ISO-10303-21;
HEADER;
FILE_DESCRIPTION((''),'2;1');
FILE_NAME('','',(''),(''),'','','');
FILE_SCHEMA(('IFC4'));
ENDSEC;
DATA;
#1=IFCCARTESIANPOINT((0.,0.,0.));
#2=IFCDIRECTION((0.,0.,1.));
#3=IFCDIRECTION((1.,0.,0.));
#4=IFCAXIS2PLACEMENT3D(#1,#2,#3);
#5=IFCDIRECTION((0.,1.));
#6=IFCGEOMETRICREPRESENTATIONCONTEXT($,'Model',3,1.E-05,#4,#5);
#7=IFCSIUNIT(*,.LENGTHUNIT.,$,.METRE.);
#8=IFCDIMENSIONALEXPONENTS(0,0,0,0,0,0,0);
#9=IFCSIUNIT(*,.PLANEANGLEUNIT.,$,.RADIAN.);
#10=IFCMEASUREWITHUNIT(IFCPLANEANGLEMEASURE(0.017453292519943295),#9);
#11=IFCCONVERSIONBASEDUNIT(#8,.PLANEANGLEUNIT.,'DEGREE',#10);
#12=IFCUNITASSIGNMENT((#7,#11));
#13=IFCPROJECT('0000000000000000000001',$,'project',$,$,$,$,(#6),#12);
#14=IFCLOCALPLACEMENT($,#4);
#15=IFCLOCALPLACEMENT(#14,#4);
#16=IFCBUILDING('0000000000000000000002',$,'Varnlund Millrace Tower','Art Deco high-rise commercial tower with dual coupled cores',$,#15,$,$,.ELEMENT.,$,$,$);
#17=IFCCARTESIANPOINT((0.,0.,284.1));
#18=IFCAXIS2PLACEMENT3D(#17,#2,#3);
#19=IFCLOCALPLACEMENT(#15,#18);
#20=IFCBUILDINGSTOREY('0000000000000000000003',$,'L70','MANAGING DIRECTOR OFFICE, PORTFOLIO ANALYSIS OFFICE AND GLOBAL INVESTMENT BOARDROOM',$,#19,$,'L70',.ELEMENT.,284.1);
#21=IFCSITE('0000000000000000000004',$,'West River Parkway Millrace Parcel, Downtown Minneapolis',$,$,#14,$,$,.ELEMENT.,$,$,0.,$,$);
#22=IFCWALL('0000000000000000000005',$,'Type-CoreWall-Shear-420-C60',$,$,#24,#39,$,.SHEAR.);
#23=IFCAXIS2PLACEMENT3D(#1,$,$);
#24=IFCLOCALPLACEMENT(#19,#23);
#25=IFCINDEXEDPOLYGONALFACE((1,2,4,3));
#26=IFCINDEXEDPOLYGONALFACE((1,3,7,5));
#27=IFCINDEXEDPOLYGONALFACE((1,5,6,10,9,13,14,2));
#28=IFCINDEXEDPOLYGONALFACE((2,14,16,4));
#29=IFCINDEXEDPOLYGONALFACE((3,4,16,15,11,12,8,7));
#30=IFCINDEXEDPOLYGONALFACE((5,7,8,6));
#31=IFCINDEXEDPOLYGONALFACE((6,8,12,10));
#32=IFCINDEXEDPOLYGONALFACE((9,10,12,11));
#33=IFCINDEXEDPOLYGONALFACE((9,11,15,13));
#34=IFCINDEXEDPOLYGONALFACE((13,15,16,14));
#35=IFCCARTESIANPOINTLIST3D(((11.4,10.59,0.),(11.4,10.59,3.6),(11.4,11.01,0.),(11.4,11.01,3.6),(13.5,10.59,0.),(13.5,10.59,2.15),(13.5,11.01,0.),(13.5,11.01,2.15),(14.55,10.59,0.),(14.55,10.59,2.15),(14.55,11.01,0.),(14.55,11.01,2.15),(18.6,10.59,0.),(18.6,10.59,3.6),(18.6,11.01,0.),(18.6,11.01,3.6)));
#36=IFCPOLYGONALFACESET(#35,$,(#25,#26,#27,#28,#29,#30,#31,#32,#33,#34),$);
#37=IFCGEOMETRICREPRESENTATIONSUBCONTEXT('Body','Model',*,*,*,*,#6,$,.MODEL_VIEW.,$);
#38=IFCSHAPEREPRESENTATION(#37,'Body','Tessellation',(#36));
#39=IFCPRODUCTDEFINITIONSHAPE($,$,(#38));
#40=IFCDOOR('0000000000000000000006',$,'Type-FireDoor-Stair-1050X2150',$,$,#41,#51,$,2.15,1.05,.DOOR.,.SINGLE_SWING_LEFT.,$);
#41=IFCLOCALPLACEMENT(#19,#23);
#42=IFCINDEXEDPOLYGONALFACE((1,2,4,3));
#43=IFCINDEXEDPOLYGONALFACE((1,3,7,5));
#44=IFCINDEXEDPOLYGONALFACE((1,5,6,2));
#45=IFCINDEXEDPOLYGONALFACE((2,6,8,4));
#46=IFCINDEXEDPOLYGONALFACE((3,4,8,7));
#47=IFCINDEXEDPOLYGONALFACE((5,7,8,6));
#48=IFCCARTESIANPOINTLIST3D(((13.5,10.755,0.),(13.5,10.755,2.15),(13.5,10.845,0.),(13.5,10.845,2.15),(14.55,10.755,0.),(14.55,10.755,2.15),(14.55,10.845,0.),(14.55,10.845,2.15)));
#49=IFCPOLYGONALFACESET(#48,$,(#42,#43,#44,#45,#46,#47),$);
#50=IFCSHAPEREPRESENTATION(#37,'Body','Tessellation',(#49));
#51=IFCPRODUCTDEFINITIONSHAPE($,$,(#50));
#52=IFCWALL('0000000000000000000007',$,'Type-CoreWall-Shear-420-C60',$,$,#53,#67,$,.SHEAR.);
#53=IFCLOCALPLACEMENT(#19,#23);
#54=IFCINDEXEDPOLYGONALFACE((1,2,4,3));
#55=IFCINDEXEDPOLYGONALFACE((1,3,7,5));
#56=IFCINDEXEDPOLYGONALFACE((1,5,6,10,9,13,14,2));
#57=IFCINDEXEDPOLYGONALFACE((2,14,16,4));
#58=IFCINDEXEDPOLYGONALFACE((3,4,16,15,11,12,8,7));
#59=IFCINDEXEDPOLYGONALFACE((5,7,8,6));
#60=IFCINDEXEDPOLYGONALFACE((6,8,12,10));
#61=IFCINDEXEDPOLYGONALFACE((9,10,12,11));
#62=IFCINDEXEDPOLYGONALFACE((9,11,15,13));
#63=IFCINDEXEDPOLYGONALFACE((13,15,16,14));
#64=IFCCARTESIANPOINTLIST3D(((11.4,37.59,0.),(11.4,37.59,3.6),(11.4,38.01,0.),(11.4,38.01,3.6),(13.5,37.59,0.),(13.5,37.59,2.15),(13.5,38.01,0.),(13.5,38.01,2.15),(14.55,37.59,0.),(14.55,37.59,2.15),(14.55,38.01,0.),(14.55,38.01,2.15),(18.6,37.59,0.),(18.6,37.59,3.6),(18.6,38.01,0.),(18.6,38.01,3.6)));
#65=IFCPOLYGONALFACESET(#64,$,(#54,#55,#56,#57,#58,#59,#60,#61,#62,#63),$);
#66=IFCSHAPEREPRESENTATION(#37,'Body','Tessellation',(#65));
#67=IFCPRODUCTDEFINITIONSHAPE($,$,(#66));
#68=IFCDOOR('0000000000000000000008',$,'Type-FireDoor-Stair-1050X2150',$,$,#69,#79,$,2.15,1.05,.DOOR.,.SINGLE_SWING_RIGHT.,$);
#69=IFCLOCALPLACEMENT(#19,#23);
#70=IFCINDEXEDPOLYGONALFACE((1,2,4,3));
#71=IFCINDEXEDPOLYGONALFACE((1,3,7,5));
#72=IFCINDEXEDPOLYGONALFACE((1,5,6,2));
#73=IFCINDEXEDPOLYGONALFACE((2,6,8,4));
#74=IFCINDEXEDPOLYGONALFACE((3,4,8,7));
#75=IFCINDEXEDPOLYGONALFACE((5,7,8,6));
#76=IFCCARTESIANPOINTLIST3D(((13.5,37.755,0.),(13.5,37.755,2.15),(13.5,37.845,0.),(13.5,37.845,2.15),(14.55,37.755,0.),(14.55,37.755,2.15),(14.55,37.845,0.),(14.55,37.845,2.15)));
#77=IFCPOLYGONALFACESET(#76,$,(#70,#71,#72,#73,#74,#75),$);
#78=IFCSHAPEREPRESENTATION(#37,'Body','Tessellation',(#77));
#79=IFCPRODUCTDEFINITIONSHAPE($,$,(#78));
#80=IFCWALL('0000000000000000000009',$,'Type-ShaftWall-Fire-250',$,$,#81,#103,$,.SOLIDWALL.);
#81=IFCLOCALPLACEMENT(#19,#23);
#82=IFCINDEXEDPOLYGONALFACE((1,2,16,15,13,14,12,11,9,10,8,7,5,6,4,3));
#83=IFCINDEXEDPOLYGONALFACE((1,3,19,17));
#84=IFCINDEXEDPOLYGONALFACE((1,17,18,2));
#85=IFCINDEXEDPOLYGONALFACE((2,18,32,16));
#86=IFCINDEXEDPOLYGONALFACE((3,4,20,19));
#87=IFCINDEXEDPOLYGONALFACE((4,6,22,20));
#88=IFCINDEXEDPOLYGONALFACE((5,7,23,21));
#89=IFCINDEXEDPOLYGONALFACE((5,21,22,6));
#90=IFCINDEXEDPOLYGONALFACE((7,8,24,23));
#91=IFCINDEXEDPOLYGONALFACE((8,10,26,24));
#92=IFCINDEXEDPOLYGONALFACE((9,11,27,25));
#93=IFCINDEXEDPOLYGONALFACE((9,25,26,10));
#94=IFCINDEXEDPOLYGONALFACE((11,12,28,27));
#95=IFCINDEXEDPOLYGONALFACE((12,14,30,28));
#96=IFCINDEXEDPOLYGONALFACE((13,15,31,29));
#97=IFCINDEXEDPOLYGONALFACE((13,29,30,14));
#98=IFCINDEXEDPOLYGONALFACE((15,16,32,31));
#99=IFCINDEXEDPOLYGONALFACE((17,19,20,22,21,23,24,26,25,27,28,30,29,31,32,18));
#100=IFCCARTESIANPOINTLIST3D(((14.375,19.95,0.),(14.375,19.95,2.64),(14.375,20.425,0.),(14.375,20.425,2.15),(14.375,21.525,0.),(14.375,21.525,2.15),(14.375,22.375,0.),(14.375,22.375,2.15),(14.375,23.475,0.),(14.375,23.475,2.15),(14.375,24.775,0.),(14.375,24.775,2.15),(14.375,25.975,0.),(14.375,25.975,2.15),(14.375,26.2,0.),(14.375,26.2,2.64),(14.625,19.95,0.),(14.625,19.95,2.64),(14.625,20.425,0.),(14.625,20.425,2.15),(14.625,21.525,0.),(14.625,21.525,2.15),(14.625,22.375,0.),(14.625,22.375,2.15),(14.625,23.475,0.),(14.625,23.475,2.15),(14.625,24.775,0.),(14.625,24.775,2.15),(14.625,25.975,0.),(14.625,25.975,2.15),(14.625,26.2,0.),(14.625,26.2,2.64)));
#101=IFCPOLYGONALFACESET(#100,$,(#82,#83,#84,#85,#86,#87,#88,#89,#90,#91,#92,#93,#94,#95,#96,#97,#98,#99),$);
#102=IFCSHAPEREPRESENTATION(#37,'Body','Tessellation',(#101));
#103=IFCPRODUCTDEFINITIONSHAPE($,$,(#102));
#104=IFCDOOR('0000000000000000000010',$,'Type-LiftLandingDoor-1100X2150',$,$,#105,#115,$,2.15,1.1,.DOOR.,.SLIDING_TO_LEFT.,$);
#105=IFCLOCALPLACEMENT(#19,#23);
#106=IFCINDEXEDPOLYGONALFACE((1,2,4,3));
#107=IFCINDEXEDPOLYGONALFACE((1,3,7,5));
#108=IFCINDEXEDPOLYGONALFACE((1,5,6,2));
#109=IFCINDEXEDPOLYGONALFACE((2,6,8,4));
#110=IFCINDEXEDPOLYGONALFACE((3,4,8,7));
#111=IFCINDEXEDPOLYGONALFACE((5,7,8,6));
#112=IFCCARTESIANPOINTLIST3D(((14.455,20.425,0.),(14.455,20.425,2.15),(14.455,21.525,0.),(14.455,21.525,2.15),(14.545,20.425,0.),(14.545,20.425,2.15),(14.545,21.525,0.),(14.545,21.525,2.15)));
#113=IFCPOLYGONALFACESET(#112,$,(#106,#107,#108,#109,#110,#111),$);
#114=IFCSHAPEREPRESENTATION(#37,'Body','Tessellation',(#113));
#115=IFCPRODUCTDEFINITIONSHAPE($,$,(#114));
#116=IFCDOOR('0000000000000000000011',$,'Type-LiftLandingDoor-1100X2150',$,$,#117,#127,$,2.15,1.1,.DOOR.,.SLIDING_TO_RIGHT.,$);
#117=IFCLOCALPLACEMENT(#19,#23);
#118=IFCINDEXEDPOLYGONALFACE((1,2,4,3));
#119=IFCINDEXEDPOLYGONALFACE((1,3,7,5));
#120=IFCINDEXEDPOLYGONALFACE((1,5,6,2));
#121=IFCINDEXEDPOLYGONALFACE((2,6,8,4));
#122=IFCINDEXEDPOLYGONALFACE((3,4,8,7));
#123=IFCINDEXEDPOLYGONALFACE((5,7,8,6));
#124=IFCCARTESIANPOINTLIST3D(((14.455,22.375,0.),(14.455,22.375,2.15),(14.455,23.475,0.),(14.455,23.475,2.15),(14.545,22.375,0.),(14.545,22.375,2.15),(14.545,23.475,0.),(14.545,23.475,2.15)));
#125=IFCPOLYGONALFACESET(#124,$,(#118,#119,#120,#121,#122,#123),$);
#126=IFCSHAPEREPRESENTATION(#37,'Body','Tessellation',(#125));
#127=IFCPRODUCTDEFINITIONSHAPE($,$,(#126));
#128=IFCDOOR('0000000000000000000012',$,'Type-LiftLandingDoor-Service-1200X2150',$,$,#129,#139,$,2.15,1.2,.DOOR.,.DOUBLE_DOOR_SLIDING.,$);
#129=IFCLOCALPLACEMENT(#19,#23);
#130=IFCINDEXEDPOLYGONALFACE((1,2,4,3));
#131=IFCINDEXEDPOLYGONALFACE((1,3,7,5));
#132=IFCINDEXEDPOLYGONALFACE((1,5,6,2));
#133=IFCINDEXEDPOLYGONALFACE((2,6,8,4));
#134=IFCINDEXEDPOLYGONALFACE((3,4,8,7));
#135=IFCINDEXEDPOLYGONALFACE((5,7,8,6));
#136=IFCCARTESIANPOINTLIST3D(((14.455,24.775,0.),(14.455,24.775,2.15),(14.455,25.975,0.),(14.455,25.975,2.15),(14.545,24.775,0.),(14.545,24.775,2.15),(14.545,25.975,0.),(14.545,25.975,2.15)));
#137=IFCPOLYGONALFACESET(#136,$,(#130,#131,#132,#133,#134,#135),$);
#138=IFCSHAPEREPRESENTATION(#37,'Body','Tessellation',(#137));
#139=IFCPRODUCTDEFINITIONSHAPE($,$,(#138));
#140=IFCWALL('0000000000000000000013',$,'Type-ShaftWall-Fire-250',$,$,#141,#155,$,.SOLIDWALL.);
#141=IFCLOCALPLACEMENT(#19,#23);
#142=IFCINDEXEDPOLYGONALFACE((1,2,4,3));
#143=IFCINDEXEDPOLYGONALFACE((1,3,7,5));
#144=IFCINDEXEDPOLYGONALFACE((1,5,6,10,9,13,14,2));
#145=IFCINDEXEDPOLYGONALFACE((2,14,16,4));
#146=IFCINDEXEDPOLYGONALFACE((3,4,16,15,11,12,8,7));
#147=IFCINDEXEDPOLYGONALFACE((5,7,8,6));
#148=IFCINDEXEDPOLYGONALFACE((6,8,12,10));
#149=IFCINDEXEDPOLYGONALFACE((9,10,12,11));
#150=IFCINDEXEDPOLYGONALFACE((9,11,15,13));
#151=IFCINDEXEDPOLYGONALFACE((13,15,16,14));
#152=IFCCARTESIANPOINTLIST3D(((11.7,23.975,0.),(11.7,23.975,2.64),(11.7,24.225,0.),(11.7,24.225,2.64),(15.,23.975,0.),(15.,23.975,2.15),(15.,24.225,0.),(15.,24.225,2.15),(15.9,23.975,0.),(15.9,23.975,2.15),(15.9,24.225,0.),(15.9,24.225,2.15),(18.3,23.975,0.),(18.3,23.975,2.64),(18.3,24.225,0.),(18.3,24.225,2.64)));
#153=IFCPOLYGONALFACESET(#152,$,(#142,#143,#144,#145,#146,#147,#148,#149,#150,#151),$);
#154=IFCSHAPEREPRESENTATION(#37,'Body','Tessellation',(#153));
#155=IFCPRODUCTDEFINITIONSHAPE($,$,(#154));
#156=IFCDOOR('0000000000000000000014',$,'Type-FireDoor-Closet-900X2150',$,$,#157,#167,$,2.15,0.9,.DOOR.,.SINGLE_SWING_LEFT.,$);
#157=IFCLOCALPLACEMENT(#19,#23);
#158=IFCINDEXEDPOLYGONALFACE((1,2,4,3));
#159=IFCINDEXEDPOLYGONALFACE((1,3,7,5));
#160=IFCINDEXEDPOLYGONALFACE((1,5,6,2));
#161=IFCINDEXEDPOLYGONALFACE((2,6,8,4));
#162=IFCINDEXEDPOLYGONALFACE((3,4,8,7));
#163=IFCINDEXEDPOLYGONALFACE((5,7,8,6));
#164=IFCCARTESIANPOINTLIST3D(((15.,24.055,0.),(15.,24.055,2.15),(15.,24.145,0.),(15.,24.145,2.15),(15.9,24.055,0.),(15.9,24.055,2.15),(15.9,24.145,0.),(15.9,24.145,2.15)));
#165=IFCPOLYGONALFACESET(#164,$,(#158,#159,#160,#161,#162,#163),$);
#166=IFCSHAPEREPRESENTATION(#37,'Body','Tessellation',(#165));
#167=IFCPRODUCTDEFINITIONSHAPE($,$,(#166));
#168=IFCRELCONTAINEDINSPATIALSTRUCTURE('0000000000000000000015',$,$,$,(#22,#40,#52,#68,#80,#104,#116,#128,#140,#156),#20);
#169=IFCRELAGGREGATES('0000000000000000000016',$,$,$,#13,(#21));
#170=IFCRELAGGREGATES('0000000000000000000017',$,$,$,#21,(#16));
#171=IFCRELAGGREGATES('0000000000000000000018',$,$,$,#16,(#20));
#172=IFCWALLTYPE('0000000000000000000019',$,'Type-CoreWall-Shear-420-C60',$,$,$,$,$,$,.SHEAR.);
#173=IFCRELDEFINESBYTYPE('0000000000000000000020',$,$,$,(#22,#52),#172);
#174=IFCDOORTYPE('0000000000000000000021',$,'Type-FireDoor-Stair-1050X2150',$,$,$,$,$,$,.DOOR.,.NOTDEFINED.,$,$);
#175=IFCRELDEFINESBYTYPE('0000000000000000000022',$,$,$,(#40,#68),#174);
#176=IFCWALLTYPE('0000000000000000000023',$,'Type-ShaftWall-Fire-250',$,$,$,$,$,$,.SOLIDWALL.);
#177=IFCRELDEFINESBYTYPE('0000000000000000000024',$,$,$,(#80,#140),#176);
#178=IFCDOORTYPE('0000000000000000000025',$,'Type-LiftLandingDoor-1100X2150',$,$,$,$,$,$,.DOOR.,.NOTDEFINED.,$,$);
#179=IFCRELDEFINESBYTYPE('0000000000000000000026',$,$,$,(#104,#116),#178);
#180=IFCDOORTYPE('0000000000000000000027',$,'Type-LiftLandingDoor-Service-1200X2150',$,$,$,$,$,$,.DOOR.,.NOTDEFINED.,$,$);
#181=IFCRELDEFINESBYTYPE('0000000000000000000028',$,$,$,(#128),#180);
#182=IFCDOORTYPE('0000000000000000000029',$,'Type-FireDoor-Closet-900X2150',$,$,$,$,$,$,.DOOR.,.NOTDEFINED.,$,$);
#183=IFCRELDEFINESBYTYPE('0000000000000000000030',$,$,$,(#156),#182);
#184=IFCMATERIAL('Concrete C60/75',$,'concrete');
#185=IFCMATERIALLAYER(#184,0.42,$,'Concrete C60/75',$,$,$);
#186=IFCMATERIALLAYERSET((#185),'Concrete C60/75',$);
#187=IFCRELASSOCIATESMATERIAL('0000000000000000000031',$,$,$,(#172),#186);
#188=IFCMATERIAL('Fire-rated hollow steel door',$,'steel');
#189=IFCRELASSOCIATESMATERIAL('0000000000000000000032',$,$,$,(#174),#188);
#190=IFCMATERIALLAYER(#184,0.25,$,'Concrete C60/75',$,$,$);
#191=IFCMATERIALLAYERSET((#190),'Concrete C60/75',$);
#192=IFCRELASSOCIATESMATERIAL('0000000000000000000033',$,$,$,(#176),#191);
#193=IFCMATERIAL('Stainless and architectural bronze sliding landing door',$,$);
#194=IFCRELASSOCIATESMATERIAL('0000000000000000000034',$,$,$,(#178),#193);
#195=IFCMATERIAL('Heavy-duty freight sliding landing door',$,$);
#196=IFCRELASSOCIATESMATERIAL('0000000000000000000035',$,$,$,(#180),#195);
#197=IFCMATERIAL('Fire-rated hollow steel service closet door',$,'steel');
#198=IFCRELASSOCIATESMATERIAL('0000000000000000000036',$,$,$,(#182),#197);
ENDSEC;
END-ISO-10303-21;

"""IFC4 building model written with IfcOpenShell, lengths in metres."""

from ifc_helpers import new_model, entity, si_unit, converted_unit, direction, frame, origin_with_axes, origin_2d_with_axis, place, context, subcontext, project, spatial, polyline, rectangle, outline, extrude, material, layer, layer_set, type_object, element, fill, save


model = new_model("IFC4")

# Units and contexts
model_context = context("Model", 3, precision=1e-05, world=origin_with_axes(), true_north=direction((0.0, 1.0)))
body_context = subcontext(model_context, "Body", "Model", "MODEL_VIEW")
ifc_project = project(units=[si_unit("LENGTHUNIT", "METRE"), converted_unit("PLANEANGLEUNIT", "DEGREE", entity("IfcPlaneAngleMeasure", 0.017453292519943295), si_unit("PLANEANGLEUNIT", "RADIAN"), dimensions=[0, 0, 0, 0, 0, 0, 0])], contexts=[model_context])

# Site, building, storey
site_placement = place(None, origin_with_axes())
site = spatial("IfcSite", under=ifc_project, at=site_placement, Name="West River Parkway Millrace Parcel, Downtown Minneapolis", CompositionType="ELEMENT", RefElevation=0.0)
building_placement = place(site_placement, origin_with_axes())
building = spatial("IfcBuilding", under=site, at=building_placement, Name="Varnlund Millrace Tower", Description="Art Deco high-rise commercial tower with dual coupled cores", CompositionType="ELEMENT")
storey_placement = place(building_placement, frame((0.0, 0.0, 284.1), z_axis=(0.0, 0.0, 1.0), x_axis=(1.0, 0.0, 0.0)))
storey = spatial("IfcBuildingStorey", under=building, at=storey_placement, Name="L70", Description="MANAGING DIRECTOR OFFICE, PORTFOLIO ANALYSIS OFFICE AND GLOBAL INVESTMENT BOARDROOM", LongName="L70", CompositionType="ELEMENT", Elevation=284.1)

# Walls, openings, doors
ifc_material_1 = material(Name="Concrete C60/75", Category="concrete")
ifc_layer_1 = layer(ifc_material_1, 0.42, Name="Concrete C60/75")
ifc_layer_set_1 = layer_set([ifc_layer_1], Name="Concrete C60/75")
wall_type_1 = type_object("IfcWallType", Name="Type-CoreWall-Shear-420-C60", PredefinedType="SHEAR", material=ifc_layer_set_1)
wall_1_placement = place(storey_placement, frame((11.4, 10.8, 0.0), z_axis=(0.0, 0.0, 1.0), x_axis=(1.0, 0.0, 0.0)))
wall_1 = element("IfcWall", 1, at=wall_1_placement, inside=storey, type_object=wall_type_1, Name="Type-CoreWall-Shear-420-C60", PredefinedType="SHEAR", context=body_context, shape_type="SweptSolid", body=[
    extrude(outline(polyline([(0.0, -0.21), (7.2, -0.21), (7.2, 0.21), (0.0, 0.21), (0.0, -0.21)])), origin_with_axes(), (0.0, 0.0, 1.0), 3.6),
])
opening_1_placement = place(wall_1_placement, frame((2.625, 0.0, 0.0), z_axis=(0.0, 0.0, 1.0), x_axis=(1.0, 0.0, 0.0)))
opening_1 = element("IfcOpeningElement", 2, at=opening_1_placement, cuts=wall_1, PredefinedType="OPENING", context=body_context, shape_type="SweptSolid", body=[
    extrude(rectangle(XDim=1.05, YDim=0.44, at=origin_2d_with_axis()), origin_with_axes(), (0.0, 0.0, 1.0), 2.15),
])
ifc_material_2 = material(Name="Fire-rated hollow steel door", Category="steel")
door_type_1 = type_object("IfcDoorType", Name="Type-FireDoor-Stair-1050X2150", OperationType="NOTDEFINED", PredefinedType="DOOR", material=ifc_material_2)
door_1_placement = place(wall_1_placement, frame((2.625, 0.0, 0.0), z_axis=(0.0, 0.0, 1.0), x_axis=(1.0, 0.0, 0.0)))
door_1 = element("IfcDoor", 3, at=door_1_placement, inside=storey, type_object=door_type_1, Name="Type-FireDoor-Stair-1050X2150", OperationType="SINGLE_SWING_LEFT", OverallHeight=2.15, OverallWidth=1.05, PredefinedType="DOOR", context=body_context, shape_type="SweptSolid", body=[
    extrude(rectangle(XDim=1.05, YDim=0.09, at=origin_2d_with_axis()), origin_with_axes(), (0.0, 0.0, 1.0), 2.15),
])
fill(opening_1, door_1)
wall_2_placement = place(storey_placement, frame((11.4, 37.8, 0.0), z_axis=(0.0, 0.0, 1.0), x_axis=(1.0, 0.0, 0.0)))
wall_2 = element("IfcWall", 4, at=wall_2_placement, inside=storey, type_object=wall_type_1, Name="Type-CoreWall-Shear-420-C60", PredefinedType="SHEAR", context=body_context, shape_type="SweptSolid", body=[
    extrude(outline(polyline([(0.0, -0.21), (7.2, -0.21), (7.2, 0.21), (0.0, 0.21), (0.0, -0.21)])), origin_with_axes(), (0.0, 0.0, 1.0), 3.6),
])
opening_2_placement = place(wall_2_placement, frame((2.625, 0.0, 0.0), z_axis=(0.0, 0.0, 1.0), x_axis=(1.0, 0.0, 0.0)))
opening_2 = element("IfcOpeningElement", 5, at=opening_2_placement, cuts=wall_2, PredefinedType="OPENING", context=body_context, shape_type="SweptSolid", body=[
    extrude(rectangle(XDim=1.05, YDim=0.44, at=origin_2d_with_axis()), origin_with_axes(), (0.0, 0.0, 1.0), 2.15),
])
door_2_placement = place(wall_2_placement, frame((2.625, 0.0, 0.0), z_axis=(0.0, 0.0, 1.0), x_axis=(1.0, 0.0, 0.0)))
door_2 = element("IfcDoor", 6, at=door_2_placement, inside=storey, type_object=door_type_1, Name="Type-FireDoor-Stair-1050X2150", OperationType="SINGLE_SWING_RIGHT", OverallHeight=2.15, OverallWidth=1.05, PredefinedType="DOOR", context=body_context, shape_type="SweptSolid", body=[
    extrude(rectangle(XDim=1.05, YDim=0.09, at=origin_2d_with_axis()), origin_with_axes(), (0.0, 0.0, 1.0), 2.15),
])
fill(opening_2, door_2)

# Wall, openings, doors
ifc_layer_2 = layer(ifc_material_1, 0.25, Name="Concrete C60/75")
ifc_layer_set_2 = layer_set([ifc_layer_2], Name="Concrete C60/75")
wall_type_2 = type_object("IfcWallType", Name="Type-ShaftWall-Fire-250", PredefinedType="SOLIDWALL", material=ifc_layer_set_2)
wall_3_placement = place(storey_placement, frame((14.5, 19.95, 0.0), z_axis=(0.0, 0.0, 1.0), x_axis=(0.0, 1.0, 0.0)))
wall_3 = element("IfcWall", 7, at=wall_3_placement, inside=storey, type_object=wall_type_2, Name="Type-ShaftWall-Fire-250", PredefinedType="SOLIDWALL", context=body_context, shape_type="SweptSolid", body=[
    extrude(outline(polyline([(0.0, -0.125), (6.25, -0.125), (6.25, 0.125), (0.0, 0.125), (0.0, -0.125)])), origin_with_axes(), (0.0, 0.0, 1.0), 2.64),
])
opening_3_placement = place(wall_3_placement, frame((1.025, 0.0, 0.0), z_axis=(0.0, 0.0, 1.0), x_axis=(1.0, 0.0, 0.0)))
opening_3 = element("IfcOpeningElement", 8, at=opening_3_placement, cuts=wall_3, PredefinedType="OPENING", context=body_context, shape_type="SweptSolid", body=[
    extrude(rectangle(XDim=1.1, YDim=0.27, at=origin_2d_with_axis()), origin_with_axes(), (0.0, 0.0, 1.0), 2.15),
])
opening_4_placement = place(wall_3_placement, frame((2.975, 0.0, 0.0), z_axis=(0.0, 0.0, 1.0), x_axis=(1.0, 0.0, 0.0)))
opening_4 = element("IfcOpeningElement", 9, at=opening_4_placement, cuts=wall_3, PredefinedType="OPENING", context=body_context, shape_type="SweptSolid", body=[
    extrude(rectangle(XDim=1.1, YDim=0.27, at=origin_2d_with_axis()), origin_with_axes(), (0.0, 0.0, 1.0), 2.15),
])
opening_5_placement = place(wall_3_placement, frame((5.425, 0.0, 0.0), z_axis=(0.0, 0.0, 1.0), x_axis=(1.0, 0.0, 0.0)))
opening_5 = element("IfcOpeningElement", 10, at=opening_5_placement, cuts=wall_3, PredefinedType="OPENING", context=body_context, shape_type="SweptSolid", body=[
    extrude(rectangle(XDim=1.2, YDim=0.27, at=origin_2d_with_axis()), origin_with_axes(), (0.0, 0.0, 1.0), 2.15),
])
ifc_material_3 = material(Name="Stainless and architectural bronze sliding landing door")
door_type_2 = type_object("IfcDoorType", Name="Type-LiftLandingDoor-1100X2150", OperationType="NOTDEFINED", PredefinedType="DOOR", material=ifc_material_3)
door_3_placement = place(wall_3_placement, frame((1.025, 0.0, 0.0), z_axis=(0.0, 0.0, 1.0), x_axis=(1.0, 0.0, 0.0)))
door_3 = element("IfcDoor", 11, at=door_3_placement, inside=storey, type_object=door_type_2, Name="Type-LiftLandingDoor-1100X2150", OperationType="SLIDING_TO_LEFT", OverallHeight=2.15, OverallWidth=1.1, PredefinedType="DOOR", context=body_context, shape_type="SweptSolid", body=[
    extrude(rectangle(XDim=1.1, YDim=0.09, at=origin_2d_with_axis()), origin_with_axes(), (0.0, 0.0, 1.0), 2.15),
])
fill(opening_3, door_3)
door_4_placement = place(wall_3_placement, frame((2.975, 0.0, 0.0), z_axis=(0.0, 0.0, 1.0), x_axis=(1.0, 0.0, 0.0)))
door_4 = element("IfcDoor", 12, at=door_4_placement, inside=storey, type_object=door_type_2, Name="Type-LiftLandingDoor-1100X2150", OperationType="SLIDING_TO_RIGHT", OverallHeight=2.15, OverallWidth=1.1, PredefinedType="DOOR", context=body_context, shape_type="SweptSolid", body=[
    extrude(rectangle(XDim=1.1, YDim=0.09, at=origin_2d_with_axis()), origin_with_axes(), (0.0, 0.0, 1.0), 2.15),
])
fill(opening_4, door_4)
ifc_material_4 = material(Name="Heavy-duty freight sliding landing door")
door_type_3 = type_object("IfcDoorType", Name="Type-LiftLandingDoor-Service-1200X2150", OperationType="NOTDEFINED", PredefinedType="DOOR", material=ifc_material_4)
door_5_placement = place(wall_3_placement, frame((5.425, 0.0, 0.0), z_axis=(0.0, 0.0, 1.0), x_axis=(1.0, 0.0, 0.0)))
door_5 = element("IfcDoor", 13, at=door_5_placement, inside=storey, type_object=door_type_3, Name="Type-LiftLandingDoor-Service-1200X2150", OperationType="DOUBLE_DOOR_SLIDING", OverallHeight=2.15, OverallWidth=1.2, PredefinedType="DOOR", context=body_context, shape_type="SweptSolid", body=[
    extrude(rectangle(XDim=1.2, YDim=0.09, at=origin_2d_with_axis()), origin_with_axes(), (0.0, 0.0, 1.0), 2.15),
])
fill(opening_5, door_5)

# Wall, opening, door
wall_4_placement = place(storey_placement, frame((11.7, 24.1, 0.0), z_axis=(0.0, 0.0, 1.0), x_axis=(1.0, 0.0, 0.0)))
wall_4 = element("IfcWall", 14, at=wall_4_placement, inside=storey, type_object=wall_type_2, Name="Type-ShaftWall-Fire-250", PredefinedType="SOLIDWALL", context=body_context, shape_type="SweptSolid", body=[
    extrude(outline(polyline([(0.0, -0.125), (6.6, -0.125), (6.6, 0.125), (0.0, 0.125), (0.0, -0.125)])), origin_with_axes(), (0.0, 0.0, 1.0), 2.64),
])
opening_6_placement = place(wall_4_placement, frame((3.75, 0.0, 0.0), z_axis=(0.0, 0.0, 1.0), x_axis=(1.0, 0.0, 0.0)))
opening_6 = element("IfcOpeningElement", 15, at=opening_6_placement, cuts=wall_4, PredefinedType="OPENING", context=body_context, shape_type="SweptSolid", body=[
    extrude(rectangle(XDim=0.9, YDim=0.27, at=origin_2d_with_axis()), origin_with_axes(), (0.0, 0.0, 1.0), 2.15),
])
ifc_material_5 = material(Name="Fire-rated hollow steel service closet door", Category="steel")
door_type_4 = type_object("IfcDoorType", Name="Type-FireDoor-Closet-900X2150", OperationType="NOTDEFINED", PredefinedType="DOOR", material=ifc_material_5)
door_6_placement = place(wall_4_placement, frame((3.75, 0.0, 0.0), z_axis=(0.0, 0.0, 1.0), x_axis=(1.0, 0.0, 0.0)))
door_6 = element("IfcDoor", 16, at=door_6_placement, inside=storey, type_object=door_type_4, Name="Type-FireDoor-Closet-900X2150", OperationType="SINGLE_SWING_LEFT", OverallHeight=2.15, OverallWidth=0.9, PredefinedType="DOOR", context=body_context, shape_type="SweptSolid", body=[
    extrude(rectangle(XDim=0.9, YDim=0.09, at=origin_2d_with_axis()), origin_with_axes(), (0.0, 0.0, 1.0), 2.15),
])
fill(opening_6, door_6)

save(model, "model.ifc")
